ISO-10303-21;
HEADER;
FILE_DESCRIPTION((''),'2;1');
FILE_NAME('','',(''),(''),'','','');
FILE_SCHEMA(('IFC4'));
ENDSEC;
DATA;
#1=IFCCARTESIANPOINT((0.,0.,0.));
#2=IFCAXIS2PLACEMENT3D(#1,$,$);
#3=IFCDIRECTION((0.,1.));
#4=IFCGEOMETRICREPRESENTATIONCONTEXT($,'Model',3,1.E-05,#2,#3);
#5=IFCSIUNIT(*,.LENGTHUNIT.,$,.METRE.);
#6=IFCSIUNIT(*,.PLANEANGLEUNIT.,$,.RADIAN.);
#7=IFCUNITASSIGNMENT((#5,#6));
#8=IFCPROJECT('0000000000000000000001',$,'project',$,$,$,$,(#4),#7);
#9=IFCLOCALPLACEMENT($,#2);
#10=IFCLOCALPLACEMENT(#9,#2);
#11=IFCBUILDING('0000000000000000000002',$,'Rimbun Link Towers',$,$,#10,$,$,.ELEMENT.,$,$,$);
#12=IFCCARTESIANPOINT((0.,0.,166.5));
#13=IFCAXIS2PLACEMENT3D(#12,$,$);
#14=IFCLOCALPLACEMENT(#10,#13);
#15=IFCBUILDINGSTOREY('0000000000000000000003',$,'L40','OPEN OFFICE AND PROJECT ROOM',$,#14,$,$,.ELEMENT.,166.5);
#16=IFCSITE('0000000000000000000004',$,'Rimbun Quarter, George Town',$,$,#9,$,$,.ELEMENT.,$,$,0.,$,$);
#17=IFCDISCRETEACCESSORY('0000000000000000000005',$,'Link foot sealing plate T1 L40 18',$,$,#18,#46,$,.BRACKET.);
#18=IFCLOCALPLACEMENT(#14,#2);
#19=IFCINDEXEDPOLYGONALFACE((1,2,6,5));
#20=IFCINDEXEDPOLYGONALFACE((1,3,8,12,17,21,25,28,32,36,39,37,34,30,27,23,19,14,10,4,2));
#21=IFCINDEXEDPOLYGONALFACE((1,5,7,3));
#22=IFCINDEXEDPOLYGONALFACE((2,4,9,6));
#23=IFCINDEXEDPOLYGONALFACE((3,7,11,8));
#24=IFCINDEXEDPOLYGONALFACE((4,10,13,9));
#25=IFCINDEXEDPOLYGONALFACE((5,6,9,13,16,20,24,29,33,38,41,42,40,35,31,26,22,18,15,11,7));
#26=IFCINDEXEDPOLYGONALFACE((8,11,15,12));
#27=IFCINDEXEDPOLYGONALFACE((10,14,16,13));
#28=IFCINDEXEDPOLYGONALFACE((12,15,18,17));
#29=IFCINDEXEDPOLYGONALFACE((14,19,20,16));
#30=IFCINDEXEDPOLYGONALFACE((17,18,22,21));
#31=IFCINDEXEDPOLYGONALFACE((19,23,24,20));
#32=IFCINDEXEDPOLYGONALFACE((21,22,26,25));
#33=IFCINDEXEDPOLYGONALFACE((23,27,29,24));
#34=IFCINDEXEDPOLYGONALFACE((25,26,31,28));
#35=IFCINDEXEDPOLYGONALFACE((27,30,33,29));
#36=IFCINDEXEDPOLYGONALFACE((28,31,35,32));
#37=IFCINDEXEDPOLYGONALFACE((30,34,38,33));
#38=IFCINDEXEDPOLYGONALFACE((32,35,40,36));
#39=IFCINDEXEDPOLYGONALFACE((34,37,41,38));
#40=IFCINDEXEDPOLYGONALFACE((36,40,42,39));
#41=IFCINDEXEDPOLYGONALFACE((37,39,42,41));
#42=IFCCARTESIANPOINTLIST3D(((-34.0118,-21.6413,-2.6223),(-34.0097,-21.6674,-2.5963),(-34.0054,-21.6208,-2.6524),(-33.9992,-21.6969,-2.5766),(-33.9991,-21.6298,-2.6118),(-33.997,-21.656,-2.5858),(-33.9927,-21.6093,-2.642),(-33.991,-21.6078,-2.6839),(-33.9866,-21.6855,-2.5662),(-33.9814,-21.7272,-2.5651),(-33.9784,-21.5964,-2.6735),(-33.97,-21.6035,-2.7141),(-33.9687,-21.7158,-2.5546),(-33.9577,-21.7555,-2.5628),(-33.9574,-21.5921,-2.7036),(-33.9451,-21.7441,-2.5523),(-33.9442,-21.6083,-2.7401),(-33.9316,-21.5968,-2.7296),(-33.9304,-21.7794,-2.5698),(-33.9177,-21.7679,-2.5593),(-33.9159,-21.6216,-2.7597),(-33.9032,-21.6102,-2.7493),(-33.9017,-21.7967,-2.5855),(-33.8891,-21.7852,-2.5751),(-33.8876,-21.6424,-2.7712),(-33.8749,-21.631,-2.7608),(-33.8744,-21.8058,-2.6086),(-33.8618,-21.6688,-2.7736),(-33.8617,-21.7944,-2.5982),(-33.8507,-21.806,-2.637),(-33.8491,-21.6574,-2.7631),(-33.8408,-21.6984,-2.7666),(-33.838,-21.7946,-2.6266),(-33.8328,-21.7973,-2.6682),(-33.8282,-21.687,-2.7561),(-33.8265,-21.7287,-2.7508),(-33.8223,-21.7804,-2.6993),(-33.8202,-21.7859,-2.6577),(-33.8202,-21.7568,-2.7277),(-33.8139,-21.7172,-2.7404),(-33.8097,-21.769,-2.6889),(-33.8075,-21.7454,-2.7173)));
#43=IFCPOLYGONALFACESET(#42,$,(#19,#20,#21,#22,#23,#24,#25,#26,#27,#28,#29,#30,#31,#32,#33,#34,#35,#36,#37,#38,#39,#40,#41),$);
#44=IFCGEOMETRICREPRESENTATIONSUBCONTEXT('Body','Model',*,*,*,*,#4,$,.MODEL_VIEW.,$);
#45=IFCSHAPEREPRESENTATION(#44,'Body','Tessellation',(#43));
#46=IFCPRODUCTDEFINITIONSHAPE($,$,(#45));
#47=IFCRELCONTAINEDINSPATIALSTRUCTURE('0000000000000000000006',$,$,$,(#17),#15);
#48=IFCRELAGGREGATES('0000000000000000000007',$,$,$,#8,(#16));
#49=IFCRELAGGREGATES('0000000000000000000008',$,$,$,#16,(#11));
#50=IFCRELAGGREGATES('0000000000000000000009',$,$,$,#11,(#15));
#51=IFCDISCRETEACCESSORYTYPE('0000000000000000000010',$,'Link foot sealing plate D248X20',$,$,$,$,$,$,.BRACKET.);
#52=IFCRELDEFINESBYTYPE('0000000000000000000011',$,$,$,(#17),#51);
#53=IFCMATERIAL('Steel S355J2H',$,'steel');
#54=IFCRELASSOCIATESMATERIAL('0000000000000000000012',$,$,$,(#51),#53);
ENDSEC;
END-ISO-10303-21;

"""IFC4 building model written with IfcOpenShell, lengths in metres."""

from ifc_helpers import new_model, si_unit, direction, frame, origin, origin_2d, place, context, subcontext, project, spatial, circle, extrude, material, material_profile, profile_set, type_object, element, save


model = new_model("IFC4")

# Units and contexts
model_context = context("Model", 3, precision=1e-05, world=origin(), true_north=direction((0.0, 1.0)))
body_context = subcontext(model_context, "Body", "Model", "MODEL_VIEW")
ifc_project = project(units=[si_unit("LENGTHUNIT", "METRE"), si_unit("PLANEANGLEUNIT", "RADIAN")], contexts=[model_context])

# Site, building, storey
site_placement = place(None, origin())
site = spatial("IfcSite", under=ifc_project, at=site_placement, Name="Rimbun Quarter, George Town", CompositionType="ELEMENT", RefElevation=0.0)
building_placement = place(site_placement, origin())
building = spatial("IfcBuilding", under=site, at=building_placement, Name="Rimbun Link Towers", CompositionType="ELEMENT")
storey_placement = place(building_placement, frame((0.0, 0.0, 166.5)))
storey = spatial("IfcBuildingStorey", under=building, at=storey_placement, Name="L40", Description="OPEN OFFICE AND PROJECT ROOM", CompositionType="ELEMENT", Elevation=166.5)

# Discrete accessory
ifc_material_1 = material(Name="Steel S355J2H", Category="steel")
ifc_material_profile_1 = material_profile(ifc_material_1, circle(Radius=0.124, at=origin_2d()), Name="PL D248")
ifc_profile_set_1 = profile_set([ifc_material_profile_1], Name="Steel S355J2H")
discrete_accessory_type = type_object("IfcDiscreteAccessoryType", Name="Link foot sealing plate D248X20", PredefinedType="BRACKET", material=ifc_profile_set_1)
discrete_accessory_placement = place(storey_placement, frame((-33.9033, -21.6938, -2.6577), z_axis=(-0.632362, -0.571558, -0.522915), x_axis=(0.67054, -0.741874, 0.0)))
element("IfcDiscreteAccessory", 1, at=discrete_accessory_placement, inside=storey, type_object=discrete_accessory_type, Name="Link foot sealing plate T1 L40 18", PredefinedType="BRACKET", context=body_context, shape_type="SweptSolid", body=[
    extrude(circle(Radius=0.124, at=origin_2d()), origin(), (0.0, 0.0, 1.0), 0.02),
])

save(model, "model.ifc")
